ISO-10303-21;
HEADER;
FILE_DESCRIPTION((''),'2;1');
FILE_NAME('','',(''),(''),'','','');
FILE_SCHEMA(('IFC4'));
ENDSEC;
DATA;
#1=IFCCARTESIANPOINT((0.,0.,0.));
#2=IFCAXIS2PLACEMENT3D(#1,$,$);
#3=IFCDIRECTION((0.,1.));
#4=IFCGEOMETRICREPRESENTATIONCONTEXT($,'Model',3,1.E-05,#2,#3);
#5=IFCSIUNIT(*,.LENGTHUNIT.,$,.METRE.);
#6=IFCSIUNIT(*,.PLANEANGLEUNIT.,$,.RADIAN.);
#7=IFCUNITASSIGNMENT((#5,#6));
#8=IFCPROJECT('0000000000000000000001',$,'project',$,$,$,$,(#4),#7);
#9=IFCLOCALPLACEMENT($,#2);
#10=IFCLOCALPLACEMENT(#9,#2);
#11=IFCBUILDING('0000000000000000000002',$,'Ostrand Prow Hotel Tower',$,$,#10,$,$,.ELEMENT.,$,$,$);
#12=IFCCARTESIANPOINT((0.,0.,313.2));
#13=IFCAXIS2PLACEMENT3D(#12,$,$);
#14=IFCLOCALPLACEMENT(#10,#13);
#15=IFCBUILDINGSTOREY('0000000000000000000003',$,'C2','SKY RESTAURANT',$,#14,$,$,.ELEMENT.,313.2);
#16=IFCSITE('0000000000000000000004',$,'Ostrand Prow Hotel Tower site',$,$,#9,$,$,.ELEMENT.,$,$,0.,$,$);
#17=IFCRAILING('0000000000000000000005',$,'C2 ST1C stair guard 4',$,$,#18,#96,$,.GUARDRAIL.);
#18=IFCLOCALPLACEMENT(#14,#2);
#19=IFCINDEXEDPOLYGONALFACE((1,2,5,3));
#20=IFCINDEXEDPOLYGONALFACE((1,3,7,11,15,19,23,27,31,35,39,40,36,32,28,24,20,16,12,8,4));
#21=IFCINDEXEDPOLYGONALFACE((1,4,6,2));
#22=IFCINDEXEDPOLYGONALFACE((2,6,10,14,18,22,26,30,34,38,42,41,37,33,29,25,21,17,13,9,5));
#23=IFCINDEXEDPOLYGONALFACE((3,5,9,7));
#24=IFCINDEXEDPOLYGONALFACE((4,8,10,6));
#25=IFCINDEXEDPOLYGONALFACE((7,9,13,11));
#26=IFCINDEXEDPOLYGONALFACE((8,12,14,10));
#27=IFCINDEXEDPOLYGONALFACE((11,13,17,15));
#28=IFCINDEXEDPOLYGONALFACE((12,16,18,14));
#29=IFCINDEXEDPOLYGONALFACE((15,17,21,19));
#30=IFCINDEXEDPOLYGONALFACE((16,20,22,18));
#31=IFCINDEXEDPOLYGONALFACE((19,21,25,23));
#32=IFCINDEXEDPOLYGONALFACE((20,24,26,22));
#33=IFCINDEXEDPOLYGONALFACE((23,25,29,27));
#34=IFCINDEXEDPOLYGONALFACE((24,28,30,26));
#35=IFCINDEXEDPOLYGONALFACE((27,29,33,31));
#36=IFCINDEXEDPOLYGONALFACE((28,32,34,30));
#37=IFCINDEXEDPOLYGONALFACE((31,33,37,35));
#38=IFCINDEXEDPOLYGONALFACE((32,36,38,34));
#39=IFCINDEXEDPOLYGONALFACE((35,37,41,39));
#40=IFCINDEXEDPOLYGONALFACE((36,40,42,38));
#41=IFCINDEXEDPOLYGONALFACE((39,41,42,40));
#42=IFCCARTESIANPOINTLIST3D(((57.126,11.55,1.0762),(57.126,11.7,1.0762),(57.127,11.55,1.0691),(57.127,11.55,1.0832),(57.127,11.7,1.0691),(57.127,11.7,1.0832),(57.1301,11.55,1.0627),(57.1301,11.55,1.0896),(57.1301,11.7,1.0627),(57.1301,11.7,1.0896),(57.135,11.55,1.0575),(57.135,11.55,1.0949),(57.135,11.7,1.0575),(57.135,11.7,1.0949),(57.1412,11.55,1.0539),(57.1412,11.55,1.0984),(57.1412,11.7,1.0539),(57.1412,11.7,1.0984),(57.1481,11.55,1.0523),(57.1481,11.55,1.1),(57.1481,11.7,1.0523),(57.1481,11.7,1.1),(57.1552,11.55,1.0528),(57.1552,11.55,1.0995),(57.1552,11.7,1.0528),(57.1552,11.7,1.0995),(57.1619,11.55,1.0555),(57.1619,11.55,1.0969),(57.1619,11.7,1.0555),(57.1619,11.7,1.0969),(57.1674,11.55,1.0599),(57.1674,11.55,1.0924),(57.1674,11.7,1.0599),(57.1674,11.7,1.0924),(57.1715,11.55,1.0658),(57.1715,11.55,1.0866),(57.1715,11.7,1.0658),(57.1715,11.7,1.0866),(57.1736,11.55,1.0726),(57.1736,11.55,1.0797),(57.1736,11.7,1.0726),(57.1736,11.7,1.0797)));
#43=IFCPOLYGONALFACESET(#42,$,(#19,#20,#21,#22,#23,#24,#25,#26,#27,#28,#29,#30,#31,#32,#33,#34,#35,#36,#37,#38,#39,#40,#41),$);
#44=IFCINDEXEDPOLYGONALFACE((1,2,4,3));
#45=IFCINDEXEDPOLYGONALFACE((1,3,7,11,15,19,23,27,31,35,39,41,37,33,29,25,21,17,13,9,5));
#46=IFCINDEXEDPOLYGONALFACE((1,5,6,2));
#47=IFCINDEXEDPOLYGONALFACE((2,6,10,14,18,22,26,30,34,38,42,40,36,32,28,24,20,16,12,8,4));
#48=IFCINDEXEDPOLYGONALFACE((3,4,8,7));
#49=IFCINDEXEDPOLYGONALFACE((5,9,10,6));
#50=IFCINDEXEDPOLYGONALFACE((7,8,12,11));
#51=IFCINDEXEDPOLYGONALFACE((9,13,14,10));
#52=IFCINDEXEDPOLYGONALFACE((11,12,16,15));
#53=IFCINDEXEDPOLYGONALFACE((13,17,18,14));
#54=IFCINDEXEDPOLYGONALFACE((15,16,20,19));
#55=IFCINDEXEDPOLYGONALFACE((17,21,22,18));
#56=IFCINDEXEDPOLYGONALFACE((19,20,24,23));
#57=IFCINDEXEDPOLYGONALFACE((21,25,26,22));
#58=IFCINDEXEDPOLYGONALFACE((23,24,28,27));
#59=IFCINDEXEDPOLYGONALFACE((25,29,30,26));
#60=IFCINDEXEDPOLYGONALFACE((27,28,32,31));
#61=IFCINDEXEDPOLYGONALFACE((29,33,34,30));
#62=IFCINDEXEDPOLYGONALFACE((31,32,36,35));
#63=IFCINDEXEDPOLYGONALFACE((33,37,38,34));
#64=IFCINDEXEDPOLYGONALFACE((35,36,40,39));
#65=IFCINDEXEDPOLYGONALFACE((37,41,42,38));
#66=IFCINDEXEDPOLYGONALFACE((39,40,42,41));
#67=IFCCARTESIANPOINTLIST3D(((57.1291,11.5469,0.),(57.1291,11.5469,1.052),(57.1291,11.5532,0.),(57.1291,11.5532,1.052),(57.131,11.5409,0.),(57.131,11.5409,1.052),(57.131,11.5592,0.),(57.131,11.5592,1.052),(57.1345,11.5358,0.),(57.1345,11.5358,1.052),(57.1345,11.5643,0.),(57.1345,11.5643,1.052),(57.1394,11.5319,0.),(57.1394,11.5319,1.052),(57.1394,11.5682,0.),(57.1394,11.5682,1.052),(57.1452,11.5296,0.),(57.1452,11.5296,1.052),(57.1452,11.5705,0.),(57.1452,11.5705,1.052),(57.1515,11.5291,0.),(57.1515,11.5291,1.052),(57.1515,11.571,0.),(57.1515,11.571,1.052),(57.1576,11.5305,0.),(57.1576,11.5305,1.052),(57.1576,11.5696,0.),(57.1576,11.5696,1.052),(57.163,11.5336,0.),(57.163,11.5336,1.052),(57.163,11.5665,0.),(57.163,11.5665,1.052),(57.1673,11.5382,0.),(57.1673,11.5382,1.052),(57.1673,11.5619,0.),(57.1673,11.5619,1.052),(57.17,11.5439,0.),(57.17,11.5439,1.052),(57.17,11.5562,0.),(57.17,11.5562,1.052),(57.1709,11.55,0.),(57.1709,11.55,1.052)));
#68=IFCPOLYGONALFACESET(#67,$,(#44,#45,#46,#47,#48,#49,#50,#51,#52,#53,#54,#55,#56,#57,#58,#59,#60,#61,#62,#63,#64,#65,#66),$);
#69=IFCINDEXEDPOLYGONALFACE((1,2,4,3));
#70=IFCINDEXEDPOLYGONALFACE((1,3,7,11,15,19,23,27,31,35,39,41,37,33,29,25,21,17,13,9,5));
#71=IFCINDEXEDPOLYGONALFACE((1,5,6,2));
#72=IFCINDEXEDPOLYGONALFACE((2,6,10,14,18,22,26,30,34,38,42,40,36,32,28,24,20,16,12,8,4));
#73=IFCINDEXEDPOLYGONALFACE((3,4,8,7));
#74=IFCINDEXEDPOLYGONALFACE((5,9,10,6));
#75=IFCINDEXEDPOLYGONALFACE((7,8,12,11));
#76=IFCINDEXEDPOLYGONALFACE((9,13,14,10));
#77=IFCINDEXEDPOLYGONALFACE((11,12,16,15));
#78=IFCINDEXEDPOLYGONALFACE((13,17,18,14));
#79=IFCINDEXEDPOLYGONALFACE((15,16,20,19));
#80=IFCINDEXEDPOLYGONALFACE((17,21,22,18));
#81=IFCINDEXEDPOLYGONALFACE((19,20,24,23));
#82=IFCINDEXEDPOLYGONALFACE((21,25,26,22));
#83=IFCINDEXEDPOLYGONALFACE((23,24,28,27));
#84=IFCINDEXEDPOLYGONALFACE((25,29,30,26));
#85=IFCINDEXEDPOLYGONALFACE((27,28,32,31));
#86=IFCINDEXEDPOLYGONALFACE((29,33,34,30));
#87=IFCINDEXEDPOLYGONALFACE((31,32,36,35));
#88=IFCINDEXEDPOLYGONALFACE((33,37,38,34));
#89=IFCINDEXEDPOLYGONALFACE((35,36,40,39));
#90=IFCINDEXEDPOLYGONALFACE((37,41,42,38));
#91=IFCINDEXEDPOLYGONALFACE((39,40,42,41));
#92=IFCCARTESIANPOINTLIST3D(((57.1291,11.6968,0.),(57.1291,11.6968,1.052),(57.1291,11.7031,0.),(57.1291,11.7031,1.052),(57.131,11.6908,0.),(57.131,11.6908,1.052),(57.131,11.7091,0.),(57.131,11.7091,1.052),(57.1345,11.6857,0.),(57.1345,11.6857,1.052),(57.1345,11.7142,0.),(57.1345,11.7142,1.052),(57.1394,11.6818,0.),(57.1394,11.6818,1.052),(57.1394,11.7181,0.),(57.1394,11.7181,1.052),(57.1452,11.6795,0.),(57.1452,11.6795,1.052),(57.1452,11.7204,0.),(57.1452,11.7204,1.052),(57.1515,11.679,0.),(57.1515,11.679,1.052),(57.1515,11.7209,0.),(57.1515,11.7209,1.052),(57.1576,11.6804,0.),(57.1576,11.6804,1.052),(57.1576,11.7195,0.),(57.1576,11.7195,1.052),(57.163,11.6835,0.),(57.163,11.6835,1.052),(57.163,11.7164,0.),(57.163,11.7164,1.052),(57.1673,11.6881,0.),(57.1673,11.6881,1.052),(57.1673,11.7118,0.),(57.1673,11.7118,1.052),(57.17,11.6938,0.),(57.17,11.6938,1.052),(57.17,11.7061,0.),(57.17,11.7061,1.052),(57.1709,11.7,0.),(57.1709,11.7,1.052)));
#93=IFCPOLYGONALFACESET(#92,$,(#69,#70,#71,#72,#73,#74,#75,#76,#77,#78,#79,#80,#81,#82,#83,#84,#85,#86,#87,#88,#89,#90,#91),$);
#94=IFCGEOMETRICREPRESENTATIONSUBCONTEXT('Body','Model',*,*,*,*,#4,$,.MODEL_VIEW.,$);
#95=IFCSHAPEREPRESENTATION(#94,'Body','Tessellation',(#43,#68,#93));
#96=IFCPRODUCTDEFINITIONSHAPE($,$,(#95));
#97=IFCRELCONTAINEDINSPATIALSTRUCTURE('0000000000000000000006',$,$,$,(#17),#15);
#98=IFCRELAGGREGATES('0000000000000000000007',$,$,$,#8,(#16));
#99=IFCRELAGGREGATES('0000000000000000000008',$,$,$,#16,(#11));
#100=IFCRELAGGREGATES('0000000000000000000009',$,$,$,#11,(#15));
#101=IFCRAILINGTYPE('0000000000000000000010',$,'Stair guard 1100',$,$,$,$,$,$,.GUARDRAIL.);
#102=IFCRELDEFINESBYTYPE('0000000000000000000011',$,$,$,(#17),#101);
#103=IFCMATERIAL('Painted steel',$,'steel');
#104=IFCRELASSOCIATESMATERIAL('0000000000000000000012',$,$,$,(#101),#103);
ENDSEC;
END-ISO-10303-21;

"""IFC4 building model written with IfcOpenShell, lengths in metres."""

from ifc_helpers import new_model, si_unit, direction, frame, origin, origin_2d, place, context, subcontext, project, spatial, circle, extrude, material, type_object, element, save


model = new_model("IFC4")

# Units and contexts
model_context = context("Model", 3, precision=1e-05, world=origin(), true_north=direction((0.0, 1.0)))
body_context = subcontext(model_context, "Body", "Model", "MODEL_VIEW")
ifc_project = project(units=[si_unit("LENGTHUNIT", "METRE"), si_unit("PLANEANGLEUNIT", "RADIAN")], contexts=[model_context])

# Site, building, storey
site_placement = place(None, origin())
site = spatial("IfcSite", under=ifc_project, at=site_placement, Name="Ostrand Prow Hotel Tower site", CompositionType="ELEMENT", RefElevation=0.0)
building_placement = place(site_placement, origin())
building = spatial("IfcBuilding", under=site, at=building_placement, Name="Ostrand Prow Hotel Tower", CompositionType="ELEMENT")
storey_placement = place(building_placement, frame((0.0, 0.0, 313.2)))
storey = spatial("IfcBuildingStorey", under=building, at=storey_placement, Name="C2", Description="SKY RESTAURANT", CompositionType="ELEMENT", Elevation=313.2)

# Railing
ifc_material_1 = material(Name="Painted steel", Category="steel")
railing_type_1 = type_object("IfcRailingType", Name="Stair guard 1100", PredefinedType="GUARDRAIL", material=ifc_material_1)
railing_1_placement = place(storey_placement, frame((57.1499, 11.55, 0.0)))
element("IfcRailing", 1, at=railing_1_placement, inside=storey, type_object=railing_type_1, Name="C2 ST1C stair guard 4", PredefinedType="GUARDRAIL", context=body_context, shape_type="SweptSolid", body=[
    extrude(circle(Radius=0.0239, at=origin_2d()), frame((0.0, 0.0, 1.0762), z_axis=(0.0, 1.0, 0.0), x_axis=(-1.0, 0.0, 0.0)), (0.0, 0.0, 1.0), 0.1499),
    extrude(circle(Radius=0.021, at=origin_2d()), origin(), (0.0, 0.0, 1.0), 1.052),
    extrude(circle(Radius=0.021, at=origin_2d()), frame((0.0, 0.1499, 0.0)), (0.0, 0.0, 1.0), 1.052),
])

save(model, "model.ifc")
